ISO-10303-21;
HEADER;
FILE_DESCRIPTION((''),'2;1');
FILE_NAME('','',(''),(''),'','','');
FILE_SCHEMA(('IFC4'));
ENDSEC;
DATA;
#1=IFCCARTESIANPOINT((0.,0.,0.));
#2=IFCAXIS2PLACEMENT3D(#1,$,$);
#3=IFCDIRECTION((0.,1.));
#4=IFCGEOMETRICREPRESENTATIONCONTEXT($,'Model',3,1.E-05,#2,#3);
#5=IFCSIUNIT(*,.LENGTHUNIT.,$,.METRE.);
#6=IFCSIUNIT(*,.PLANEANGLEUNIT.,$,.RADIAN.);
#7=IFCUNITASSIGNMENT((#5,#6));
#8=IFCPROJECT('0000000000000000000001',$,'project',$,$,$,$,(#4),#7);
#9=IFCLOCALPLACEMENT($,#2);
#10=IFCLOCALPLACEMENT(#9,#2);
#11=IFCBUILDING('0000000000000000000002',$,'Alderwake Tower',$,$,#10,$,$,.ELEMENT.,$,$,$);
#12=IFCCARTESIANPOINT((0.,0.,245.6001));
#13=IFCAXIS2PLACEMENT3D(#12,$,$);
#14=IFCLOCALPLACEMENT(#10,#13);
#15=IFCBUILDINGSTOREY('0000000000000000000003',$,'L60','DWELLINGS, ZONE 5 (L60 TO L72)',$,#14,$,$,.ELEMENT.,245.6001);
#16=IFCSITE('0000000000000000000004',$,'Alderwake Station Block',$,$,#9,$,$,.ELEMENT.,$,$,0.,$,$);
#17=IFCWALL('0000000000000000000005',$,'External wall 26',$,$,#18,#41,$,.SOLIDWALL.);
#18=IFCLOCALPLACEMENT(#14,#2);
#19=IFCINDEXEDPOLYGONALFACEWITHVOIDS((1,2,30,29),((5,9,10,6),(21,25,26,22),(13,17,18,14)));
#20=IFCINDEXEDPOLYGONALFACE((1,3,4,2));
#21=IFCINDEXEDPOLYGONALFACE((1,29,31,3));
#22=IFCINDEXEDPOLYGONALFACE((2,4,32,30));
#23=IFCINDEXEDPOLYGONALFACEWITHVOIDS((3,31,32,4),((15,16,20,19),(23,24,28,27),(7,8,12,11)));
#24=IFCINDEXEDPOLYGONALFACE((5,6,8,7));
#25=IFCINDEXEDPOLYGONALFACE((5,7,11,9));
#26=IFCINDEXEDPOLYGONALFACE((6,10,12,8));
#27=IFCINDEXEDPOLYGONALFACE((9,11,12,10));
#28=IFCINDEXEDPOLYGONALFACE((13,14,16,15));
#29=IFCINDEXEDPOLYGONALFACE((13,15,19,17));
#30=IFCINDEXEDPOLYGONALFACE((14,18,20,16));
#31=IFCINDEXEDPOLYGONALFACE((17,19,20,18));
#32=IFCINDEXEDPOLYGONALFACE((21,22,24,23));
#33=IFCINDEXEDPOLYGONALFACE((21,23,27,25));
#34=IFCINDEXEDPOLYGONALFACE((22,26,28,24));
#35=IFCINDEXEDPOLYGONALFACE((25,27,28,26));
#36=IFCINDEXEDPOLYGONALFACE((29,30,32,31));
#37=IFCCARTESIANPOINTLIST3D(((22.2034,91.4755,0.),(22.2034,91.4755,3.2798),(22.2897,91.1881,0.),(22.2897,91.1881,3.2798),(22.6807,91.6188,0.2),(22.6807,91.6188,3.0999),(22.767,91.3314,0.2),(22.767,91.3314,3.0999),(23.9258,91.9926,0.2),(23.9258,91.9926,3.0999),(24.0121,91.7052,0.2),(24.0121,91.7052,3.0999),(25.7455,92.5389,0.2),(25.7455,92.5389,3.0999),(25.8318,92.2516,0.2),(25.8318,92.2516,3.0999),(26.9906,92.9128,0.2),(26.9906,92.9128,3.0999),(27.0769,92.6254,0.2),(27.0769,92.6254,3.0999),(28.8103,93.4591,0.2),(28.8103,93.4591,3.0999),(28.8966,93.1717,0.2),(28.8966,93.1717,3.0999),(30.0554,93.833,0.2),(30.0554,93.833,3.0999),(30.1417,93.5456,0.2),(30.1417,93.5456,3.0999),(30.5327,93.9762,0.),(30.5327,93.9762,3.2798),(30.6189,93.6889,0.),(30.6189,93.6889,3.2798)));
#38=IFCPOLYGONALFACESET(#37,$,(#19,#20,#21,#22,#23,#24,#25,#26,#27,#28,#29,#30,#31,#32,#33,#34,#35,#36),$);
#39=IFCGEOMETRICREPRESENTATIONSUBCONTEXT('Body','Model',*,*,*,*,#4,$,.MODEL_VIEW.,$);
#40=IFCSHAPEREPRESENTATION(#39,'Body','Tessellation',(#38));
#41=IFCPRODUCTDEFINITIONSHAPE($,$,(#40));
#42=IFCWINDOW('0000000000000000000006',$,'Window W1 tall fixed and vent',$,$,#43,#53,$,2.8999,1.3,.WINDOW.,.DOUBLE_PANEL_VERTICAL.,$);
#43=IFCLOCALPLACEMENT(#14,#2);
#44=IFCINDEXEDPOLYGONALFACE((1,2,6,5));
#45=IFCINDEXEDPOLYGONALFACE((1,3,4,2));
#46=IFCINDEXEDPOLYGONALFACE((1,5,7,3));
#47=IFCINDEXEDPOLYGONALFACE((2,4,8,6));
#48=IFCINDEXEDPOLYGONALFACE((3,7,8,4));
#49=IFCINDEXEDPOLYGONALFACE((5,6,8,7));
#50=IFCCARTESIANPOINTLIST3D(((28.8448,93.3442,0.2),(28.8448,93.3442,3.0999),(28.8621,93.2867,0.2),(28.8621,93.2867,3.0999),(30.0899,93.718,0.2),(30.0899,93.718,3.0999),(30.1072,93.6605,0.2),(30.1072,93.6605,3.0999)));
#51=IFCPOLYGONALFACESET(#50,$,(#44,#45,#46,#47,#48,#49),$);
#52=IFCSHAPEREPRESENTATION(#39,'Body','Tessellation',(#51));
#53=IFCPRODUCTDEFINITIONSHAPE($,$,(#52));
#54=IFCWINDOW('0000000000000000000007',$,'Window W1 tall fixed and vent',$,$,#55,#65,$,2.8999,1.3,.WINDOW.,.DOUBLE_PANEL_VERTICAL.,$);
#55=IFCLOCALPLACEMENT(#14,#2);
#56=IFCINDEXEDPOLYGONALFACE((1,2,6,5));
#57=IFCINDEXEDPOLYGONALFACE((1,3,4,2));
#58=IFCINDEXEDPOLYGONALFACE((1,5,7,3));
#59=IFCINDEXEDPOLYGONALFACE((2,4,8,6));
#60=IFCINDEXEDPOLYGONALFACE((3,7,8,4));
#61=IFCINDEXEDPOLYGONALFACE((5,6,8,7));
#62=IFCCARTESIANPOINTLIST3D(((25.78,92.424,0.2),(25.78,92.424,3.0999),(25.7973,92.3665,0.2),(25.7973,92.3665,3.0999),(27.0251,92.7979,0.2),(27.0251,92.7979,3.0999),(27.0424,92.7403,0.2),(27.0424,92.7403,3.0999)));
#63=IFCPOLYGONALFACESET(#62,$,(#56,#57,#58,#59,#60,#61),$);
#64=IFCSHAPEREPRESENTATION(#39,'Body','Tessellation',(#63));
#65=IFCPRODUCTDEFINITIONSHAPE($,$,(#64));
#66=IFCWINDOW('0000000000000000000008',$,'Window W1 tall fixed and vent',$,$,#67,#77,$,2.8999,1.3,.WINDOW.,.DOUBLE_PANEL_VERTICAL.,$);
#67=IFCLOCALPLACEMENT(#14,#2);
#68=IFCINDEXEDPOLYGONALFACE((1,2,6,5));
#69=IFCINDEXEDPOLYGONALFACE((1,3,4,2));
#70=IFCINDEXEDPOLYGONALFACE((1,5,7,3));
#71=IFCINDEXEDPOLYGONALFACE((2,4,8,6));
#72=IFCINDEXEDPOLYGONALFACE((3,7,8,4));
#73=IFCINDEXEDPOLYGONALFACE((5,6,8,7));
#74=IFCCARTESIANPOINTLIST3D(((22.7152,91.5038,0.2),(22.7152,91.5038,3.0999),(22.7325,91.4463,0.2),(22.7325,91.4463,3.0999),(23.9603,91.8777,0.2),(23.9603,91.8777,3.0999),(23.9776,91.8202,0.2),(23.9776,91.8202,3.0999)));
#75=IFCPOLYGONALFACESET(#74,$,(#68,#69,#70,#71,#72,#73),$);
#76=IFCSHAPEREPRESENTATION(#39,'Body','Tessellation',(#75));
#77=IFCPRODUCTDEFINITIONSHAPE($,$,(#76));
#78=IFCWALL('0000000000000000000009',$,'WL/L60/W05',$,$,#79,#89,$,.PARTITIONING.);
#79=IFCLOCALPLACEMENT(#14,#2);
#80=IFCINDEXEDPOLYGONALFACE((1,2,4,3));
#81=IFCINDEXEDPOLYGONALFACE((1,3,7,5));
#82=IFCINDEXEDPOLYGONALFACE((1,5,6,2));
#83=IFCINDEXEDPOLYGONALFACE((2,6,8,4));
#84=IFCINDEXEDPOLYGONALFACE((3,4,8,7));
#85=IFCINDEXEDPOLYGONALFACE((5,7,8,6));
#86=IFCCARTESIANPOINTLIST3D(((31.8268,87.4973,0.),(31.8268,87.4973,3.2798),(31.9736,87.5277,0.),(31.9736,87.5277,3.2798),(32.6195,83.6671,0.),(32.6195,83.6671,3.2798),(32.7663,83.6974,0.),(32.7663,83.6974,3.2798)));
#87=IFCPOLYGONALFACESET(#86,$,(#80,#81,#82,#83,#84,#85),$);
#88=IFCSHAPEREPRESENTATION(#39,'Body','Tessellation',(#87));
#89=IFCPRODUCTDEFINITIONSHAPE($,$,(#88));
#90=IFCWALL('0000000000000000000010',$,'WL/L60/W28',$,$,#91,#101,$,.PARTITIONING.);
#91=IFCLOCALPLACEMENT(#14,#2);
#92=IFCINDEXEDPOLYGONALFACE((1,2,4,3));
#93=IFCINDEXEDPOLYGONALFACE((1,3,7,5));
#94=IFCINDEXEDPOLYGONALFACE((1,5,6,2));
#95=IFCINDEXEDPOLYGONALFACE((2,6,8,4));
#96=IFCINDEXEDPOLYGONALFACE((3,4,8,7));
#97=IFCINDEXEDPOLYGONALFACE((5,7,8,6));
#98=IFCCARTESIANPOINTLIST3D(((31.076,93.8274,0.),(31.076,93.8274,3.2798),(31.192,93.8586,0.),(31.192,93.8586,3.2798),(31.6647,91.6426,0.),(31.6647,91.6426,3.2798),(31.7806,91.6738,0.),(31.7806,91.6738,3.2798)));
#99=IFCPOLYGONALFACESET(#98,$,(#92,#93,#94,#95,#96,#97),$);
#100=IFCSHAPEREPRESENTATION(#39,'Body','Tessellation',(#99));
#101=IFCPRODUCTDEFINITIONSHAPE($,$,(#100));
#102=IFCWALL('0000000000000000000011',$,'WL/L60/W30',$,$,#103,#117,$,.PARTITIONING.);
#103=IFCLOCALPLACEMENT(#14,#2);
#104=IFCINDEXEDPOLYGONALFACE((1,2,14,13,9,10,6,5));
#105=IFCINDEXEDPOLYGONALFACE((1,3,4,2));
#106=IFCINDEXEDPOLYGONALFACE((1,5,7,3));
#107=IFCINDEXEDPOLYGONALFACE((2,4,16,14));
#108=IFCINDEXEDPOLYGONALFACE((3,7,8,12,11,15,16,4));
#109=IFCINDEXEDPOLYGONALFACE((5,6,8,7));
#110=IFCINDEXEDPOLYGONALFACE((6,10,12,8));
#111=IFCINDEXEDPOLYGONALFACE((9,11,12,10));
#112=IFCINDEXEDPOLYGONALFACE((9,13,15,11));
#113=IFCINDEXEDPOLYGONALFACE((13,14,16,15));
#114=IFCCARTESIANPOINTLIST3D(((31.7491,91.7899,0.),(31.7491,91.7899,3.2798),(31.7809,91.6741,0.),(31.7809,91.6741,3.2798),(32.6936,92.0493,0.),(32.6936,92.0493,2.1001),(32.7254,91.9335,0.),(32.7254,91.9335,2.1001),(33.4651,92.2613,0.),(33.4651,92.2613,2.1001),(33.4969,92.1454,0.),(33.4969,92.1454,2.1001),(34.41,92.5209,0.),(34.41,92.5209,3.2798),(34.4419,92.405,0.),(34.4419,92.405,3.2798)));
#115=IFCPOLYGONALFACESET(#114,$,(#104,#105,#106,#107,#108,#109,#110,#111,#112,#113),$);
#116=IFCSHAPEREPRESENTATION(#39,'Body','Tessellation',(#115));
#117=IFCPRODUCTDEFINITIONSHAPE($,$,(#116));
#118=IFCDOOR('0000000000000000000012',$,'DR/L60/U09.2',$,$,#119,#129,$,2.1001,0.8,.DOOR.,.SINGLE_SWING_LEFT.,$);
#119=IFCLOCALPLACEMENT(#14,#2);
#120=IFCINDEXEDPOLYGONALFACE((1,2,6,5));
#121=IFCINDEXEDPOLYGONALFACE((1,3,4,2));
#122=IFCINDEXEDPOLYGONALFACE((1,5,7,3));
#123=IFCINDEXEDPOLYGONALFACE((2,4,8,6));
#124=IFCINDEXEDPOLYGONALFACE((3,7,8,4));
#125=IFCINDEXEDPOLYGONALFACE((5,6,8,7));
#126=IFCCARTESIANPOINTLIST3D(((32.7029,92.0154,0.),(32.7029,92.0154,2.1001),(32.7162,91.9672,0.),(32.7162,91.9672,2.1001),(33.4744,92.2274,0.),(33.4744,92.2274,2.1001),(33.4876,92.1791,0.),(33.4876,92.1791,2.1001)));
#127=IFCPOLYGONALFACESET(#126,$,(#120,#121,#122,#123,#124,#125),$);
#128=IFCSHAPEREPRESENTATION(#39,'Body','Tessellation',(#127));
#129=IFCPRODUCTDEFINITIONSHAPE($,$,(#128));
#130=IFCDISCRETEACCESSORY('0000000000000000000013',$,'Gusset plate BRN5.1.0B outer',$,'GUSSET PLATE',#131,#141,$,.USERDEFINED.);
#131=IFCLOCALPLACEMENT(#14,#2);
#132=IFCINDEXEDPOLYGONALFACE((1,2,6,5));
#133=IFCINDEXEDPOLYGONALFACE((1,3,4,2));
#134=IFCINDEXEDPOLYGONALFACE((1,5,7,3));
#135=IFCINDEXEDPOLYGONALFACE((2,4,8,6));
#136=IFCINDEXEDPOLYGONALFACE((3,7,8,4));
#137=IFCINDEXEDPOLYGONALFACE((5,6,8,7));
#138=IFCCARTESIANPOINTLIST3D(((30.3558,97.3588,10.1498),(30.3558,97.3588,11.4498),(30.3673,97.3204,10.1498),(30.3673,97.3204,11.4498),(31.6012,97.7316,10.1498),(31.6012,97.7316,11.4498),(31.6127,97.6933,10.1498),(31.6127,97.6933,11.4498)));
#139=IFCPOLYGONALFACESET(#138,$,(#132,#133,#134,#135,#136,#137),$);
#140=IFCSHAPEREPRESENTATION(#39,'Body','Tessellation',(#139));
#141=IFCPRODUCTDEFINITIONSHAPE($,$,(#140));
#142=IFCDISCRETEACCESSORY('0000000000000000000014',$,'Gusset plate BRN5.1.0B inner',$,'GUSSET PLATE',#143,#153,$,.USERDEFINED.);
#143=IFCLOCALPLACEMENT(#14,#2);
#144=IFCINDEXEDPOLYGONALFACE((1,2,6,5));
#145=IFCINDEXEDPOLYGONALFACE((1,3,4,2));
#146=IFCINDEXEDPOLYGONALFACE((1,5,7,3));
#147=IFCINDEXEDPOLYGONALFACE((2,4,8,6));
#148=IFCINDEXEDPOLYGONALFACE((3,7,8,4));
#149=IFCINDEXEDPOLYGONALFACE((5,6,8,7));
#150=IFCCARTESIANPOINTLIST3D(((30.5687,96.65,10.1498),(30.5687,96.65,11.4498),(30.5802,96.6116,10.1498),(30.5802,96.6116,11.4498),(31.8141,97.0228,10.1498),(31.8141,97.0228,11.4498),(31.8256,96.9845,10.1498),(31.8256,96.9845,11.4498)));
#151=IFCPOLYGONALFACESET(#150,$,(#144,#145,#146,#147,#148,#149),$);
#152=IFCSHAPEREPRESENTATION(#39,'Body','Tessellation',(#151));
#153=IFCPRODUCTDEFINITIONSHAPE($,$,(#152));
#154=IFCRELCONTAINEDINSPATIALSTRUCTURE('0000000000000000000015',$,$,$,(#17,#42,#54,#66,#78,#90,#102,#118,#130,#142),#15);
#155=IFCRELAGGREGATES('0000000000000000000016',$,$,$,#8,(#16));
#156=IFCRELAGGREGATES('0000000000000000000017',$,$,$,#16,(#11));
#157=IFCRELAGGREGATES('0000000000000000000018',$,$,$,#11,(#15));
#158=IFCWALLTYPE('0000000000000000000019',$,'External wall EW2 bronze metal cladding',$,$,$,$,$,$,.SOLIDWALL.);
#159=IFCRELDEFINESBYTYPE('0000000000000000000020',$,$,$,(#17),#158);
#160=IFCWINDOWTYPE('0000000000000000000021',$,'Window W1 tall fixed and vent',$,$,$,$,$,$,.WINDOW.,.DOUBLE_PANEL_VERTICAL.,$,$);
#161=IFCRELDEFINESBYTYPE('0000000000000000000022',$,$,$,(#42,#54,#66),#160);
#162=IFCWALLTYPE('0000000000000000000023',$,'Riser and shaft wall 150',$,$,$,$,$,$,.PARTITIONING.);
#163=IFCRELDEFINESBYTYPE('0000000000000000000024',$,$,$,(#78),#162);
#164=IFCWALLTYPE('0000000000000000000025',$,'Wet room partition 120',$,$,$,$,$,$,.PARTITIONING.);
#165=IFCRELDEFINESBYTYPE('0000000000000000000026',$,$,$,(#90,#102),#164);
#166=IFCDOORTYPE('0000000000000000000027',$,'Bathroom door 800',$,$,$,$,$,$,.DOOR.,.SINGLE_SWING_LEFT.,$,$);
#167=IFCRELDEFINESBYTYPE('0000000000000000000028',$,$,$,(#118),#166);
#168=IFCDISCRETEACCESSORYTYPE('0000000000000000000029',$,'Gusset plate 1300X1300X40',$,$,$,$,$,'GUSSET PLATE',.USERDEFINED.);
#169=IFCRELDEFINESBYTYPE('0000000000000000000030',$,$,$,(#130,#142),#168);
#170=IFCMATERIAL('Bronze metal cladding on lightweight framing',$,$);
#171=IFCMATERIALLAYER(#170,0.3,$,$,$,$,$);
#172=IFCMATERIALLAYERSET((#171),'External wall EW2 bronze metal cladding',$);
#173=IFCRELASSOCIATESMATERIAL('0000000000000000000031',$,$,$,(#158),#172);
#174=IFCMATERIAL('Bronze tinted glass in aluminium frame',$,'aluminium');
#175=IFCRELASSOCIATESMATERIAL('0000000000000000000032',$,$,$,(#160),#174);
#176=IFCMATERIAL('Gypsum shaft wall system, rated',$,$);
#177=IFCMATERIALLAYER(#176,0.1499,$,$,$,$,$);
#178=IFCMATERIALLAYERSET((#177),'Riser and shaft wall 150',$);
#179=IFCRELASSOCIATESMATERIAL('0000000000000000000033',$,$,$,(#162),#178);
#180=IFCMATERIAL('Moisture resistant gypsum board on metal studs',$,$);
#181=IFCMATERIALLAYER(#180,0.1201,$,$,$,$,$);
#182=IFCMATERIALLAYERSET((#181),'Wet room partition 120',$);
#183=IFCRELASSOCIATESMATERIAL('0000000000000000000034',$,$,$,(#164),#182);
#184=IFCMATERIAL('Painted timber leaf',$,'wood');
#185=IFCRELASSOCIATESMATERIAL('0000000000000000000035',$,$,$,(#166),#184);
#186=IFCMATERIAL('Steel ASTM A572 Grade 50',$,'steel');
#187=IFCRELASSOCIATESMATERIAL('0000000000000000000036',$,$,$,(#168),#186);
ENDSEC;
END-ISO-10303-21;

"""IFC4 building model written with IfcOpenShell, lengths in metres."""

from ifc_helpers import new_model, si_unit, direction, frame, frame_2d, origin, origin_2d, place, context, subcontext, project, spatial, rectangle, extrude, material, layer, layer_set, material_profile, profile_set, type_object, element, fill, save


model = new_model("IFC4")

# Units and contexts
model_context = context("Model", 3, precision=1e-05, world=origin(), true_north=direction((0.0, 1.0)))
body_context = subcontext(model_context, "Body", "Model", "MODEL_VIEW")
ifc_project = project(units=[si_unit("LENGTHUNIT", "METRE"), si_unit("PLANEANGLEUNIT", "RADIAN")], contexts=[model_context])

# Site, building, storey
site_placement = place(None, origin())
site = spatial("IfcSite", under=ifc_project, at=site_placement, Name="Alderwake Station Block", CompositionType="ELEMENT", RefElevation=0.0)
building_placement = place(site_placement, origin())
building = spatial("IfcBuilding", under=site, at=building_placement, Name="Alderwake Tower", CompositionType="ELEMENT")
storey_placement = place(building_placement, frame((0.0, 0.0, 245.6001)))
storey = spatial("IfcBuildingStorey", under=building, at=storey_placement, Name="L60", Description="DWELLINGS, ZONE 5 (L60 TO L72)", CompositionType="ELEMENT", Elevation=245.6001)

# Wall, openings, windows
ifc_material_1 = material(Name="Bronze metal cladding on lightweight framing")
ifc_layer_1 = layer(ifc_material_1, 0.3)
ifc_layer_set_1 = layer_set([ifc_layer_1], Name="External wall EW2 bronze metal cladding")
wall_type_1 = type_object("IfcWallType", Name="External wall EW2 bronze metal cladding", PredefinedType="SOLIDWALL", material=ifc_layer_set_1)
ifc_material_2 = material(Name="Bronze tinted glass in aluminium frame", Category="aluminium")
window_type_1 = type_object("IfcWindowType", Name="Window W1 tall fixed and vent", PartitioningType="DOUBLE_PANEL_VERTICAL", PredefinedType="WINDOW", material=ifc_material_2)
wall_1_placement = place(storey_placement, frame((30.5757, 93.8325, 0.0), z_axis=(0.0, 0.0, 1.0), x_axis=(-0.957763, -0.287559, 0.0)))
wall_1 = element("IfcWall", 1, at=wall_1_placement, inside=storey, type_object=wall_type_1, Name="External wall 26", PredefinedType="SOLIDWALL", context=body_context, shape_type="SweptSolid", body=[
    extrude(rectangle(XDim=8.6965, YDim=0.3, at=frame_2d((4.3481, 0.0))), origin(), (0.0, 0.0, 1.0), 3.2798),
])
opening_1_placement = place(wall_1_placement, frame((0.4983, 0.0, 0.2)))
opening_1 = element("IfcOpeningElement", 2, at=opening_1_placement, cuts=wall_1, PredefinedType="OPENING", context=body_context, shape_type="SweptSolid", body=[
    extrude(rectangle(XDim=1.3, YDim=2.8999, at=frame_2d((0.6499, 1.45))), frame((0.0, 0.1599, 0.0), z_axis=(0.0, -1.0, 0.0), x_axis=(1.0, 0.0, 0.0)), (0.0, 0.0, 1.0), 0.3201),
])
opening_2_placement = place(wall_1_placement, frame((3.6982, 0.0, 0.2)))
opening_2 = element("IfcOpeningElement", 3, at=opening_2_placement, cuts=wall_1, PredefinedType="OPENING", context=body_context, shape_type="SweptSolid", body=[
    extrude(rectangle(XDim=1.3, YDim=2.8999, at=frame_2d((0.6499, 1.45))), frame((0.0, 0.1599, 0.0), z_axis=(0.0, -1.0, 0.0), x_axis=(1.0, 0.0, 0.0)), (0.0, 0.0, 1.0), 0.3201),
])
opening_3_placement = place(wall_1_placement, frame((6.8982, 0.0, 0.2)))
opening_3 = element("IfcOpeningElement", 4, at=opening_3_placement, cuts=wall_1, PredefinedType="OPENING", context=body_context, shape_type="SweptSolid", body=[
    extrude(rectangle(XDim=1.3, YDim=2.8999, at=frame_2d((0.6499, 1.45))), frame((0.0, 0.1599, 0.0), z_axis=(0.0, -1.0, 0.0), x_axis=(1.0, 0.0, 0.0)), (0.0, 0.0, 1.0), 0.3201),
])
window_1_placement = place(opening_1_placement, origin())
window_1 = element("IfcWindow", 5, at=window_1_placement, inside=storey, type_object=window_type_1, Name="Window W1 tall fixed and vent", OverallHeight=2.8999, OverallWidth=1.3, PartitioningType="DOUBLE_PANEL_VERTICAL", PredefinedType="WINDOW", context=body_context, shape_type="SweptSolid", body=[
    extrude(rectangle(XDim=1.3, YDim=2.8999, at=frame_2d((0.6499, 1.45))), frame((0.0, 0.03, 0.0), z_axis=(0.0, -1.0, 0.0), x_axis=(1.0, 0.0, 0.0)), (0.0, 0.0, 1.0), 0.0601),
])
fill(opening_1, window_1)
window_2_placement = place(opening_2_placement, origin())
window_2 = element("IfcWindow", 6, at=window_2_placement, inside=storey, type_object=window_type_1, Name="Window W1 tall fixed and vent", OverallHeight=2.8999, OverallWidth=1.3, PartitioningType="DOUBLE_PANEL_VERTICAL", PredefinedType="WINDOW", context=body_context, shape_type="SweptSolid", body=[
    extrude(rectangle(XDim=1.3, YDim=2.8999, at=frame_2d((0.6499, 1.45))), frame((0.0, 0.03, 0.0), z_axis=(0.0, -1.0, 0.0), x_axis=(1.0, 0.0, 0.0)), (0.0, 0.0, 1.0), 0.0601),
])
fill(opening_2, window_2)
window_3_placement = place(opening_3_placement, origin())
window_3 = element("IfcWindow", 7, at=window_3_placement, inside=storey, type_object=window_type_1, Name="Window W1 tall fixed and vent", OverallHeight=2.8999, OverallWidth=1.3, PartitioningType="DOUBLE_PANEL_VERTICAL", PredefinedType="WINDOW", context=body_context, shape_type="SweptSolid", body=[
    extrude(rectangle(XDim=1.3, YDim=2.8999, at=frame_2d((0.6499, 1.45))), frame((0.0, 0.03, 0.0), z_axis=(0.0, -1.0, 0.0), x_axis=(1.0, 0.0, 0.0)), (0.0, 0.0, 1.0), 0.0601),
])
fill(opening_3, window_3)

# Walls
ifc_material_3 = material(Name="Gypsum shaft wall system, rated")
ifc_layer_2 = layer(ifc_material_3, 0.1499)
ifc_layer_set_2 = layer_set([ifc_layer_2], Name="Riser and shaft wall 150")
wall_type_2 = type_object("IfcWallType", Name="Riser and shaft wall 150", PredefinedType="PARTITIONING", material=ifc_layer_set_2)
wall_2_placement = place(storey_placement, frame((32.6929, 83.6824, 0.0), z_axis=(0.0, 0.0, 1.0), x_axis=(-0.202665, 0.979248, 0.0)))
element("IfcWall", 8, at=wall_2_placement, inside=storey, type_object=wall_type_2, Name="WL/L60/W05", PredefinedType="PARTITIONING", context=body_context, shape_type="SweptSolid", body=[
    extrude(rectangle(XDim=3.9114, YDim=0.1499, at=frame_2d((1.9556, 0.0))), origin(), (0.0, 0.0, 1.0), 3.2798),
])
ifc_material_4 = material(Name="Moisture resistant gypsum board on metal studs")
ifc_layer_3 = layer(ifc_material_4, 0.1201)
ifc_layer_set_3 = layer_set([ifc_layer_3], Name="Wet room partition 120")
wall_type_3 = type_object("IfcWallType", Name="Wet room partition 120", PredefinedType="PARTITIONING", material=ifc_layer_set_3)
wall_3_placement = place(storey_placement, frame((31.134, 93.843, 0.0), z_axis=(0.0, 0.0, 1.0), x_axis=(0.26014, -0.965571, 0.0)))
element("IfcWall", 9, at=wall_3_placement, inside=storey, type_object=wall_type_3, Name="WL/L60/W28", PredefinedType="PARTITIONING", context=body_context, shape_type="SweptSolid", body=[
    extrude(rectangle(XDim=2.2627, YDim=0.1201, at=frame_2d((1.1313, 0.0))), origin(), (0.0, 0.0, 1.0), 3.2798),
])

# Wall, opening, door
wall_4_placement = place(storey_placement, frame((31.7649, 91.7319, 0.0), z_axis=(0.0, 0.0, 1.0), x_axis=(0.964278, 0.264891, 0.0)))
wall_4 = element("IfcWall", 10, at=wall_4_placement, inside=storey, type_object=wall_type_3, Name="WL/L60/W30", PredefinedType="PARTITIONING", context=body_context, shape_type="SweptSolid", body=[
    extrude(rectangle(XDim=2.7595, YDim=0.1201, at=frame_2d((1.3799, 0.0))), origin(), (0.0, 0.0, 1.0), 3.2798),
])
opening_4_placement = place(wall_4_placement, frame((0.9797, 0.0, 0.0)))
opening_4 = element("IfcOpeningElement", 11, at=opening_4_placement, cuts=wall_4, PredefinedType="OPENING", context=body_context, shape_type="SweptSolid", body=[
    extrude(rectangle(XDim=0.8, YDim=2.1001, at=frame_2d((0.3999, 1.05))), frame((0.0, 0.0701, 0.0), z_axis=(0.0, -1.0, 0.0), x_axis=(1.0, 0.0, 0.0)), (0.0, 0.0, 1.0), 0.1401),
])
ifc_material_5 = material(Name="Painted timber leaf", Category="wood")
door_type_1 = type_object("IfcDoorType", Name="Bathroom door 800", OperationType="SINGLE_SWING_LEFT", PredefinedType="DOOR", material=ifc_material_5)
door_1_placement = place(opening_4_placement, origin())
door_1 = element("IfcDoor", 12, at=door_1_placement, inside=storey, type_object=door_type_1, Name="DR/L60/U09.2", OperationType="SINGLE_SWING_LEFT", OverallHeight=2.1001, OverallWidth=0.8, PredefinedType="DOOR", context=body_context, shape_type="SweptSolid", body=[
    extrude(rectangle(XDim=0.8, YDim=2.1001, at=frame_2d((0.3999, 1.05))), frame((0.0, 0.0249, 0.0), z_axis=(0.0, -1.0, 0.0), x_axis=(1.0, 0.0, 0.0)), (0.0, 0.0, 1.0), 0.05),
])
fill(opening_4, door_1)

# Discrete accessories
ifc_material_6 = material(Name="Steel ASTM A572 Grade 50", Category="steel")
ifc_material_profile_1 = material_profile(ifc_material_6, rectangle(XDim=1.3, YDim=1.3, at=origin_2d()), Name="gusset 1300X1300")
ifc_profile_set_1 = profile_set([ifc_material_profile_1], Name="Steel ASTM A572 Grade 50")
discrete_accessory_type = type_object("IfcDiscreteAccessoryType", Name="Gusset plate 1300X1300X40", ElementType="GUSSET PLATE", PredefinedType="USERDEFINED", material=ifc_profile_set_1)
for number, where, z_axis, x_axis, name in (
    (13, (30.99, 97.5068, 10.7998), (-0.286788, 0.957994, 0.0), (-0.957994, -0.286788, 0.0), "Gusset plate BRN5.1.0B outer"),
    (14, (31.1914, 96.8364, 10.7998), (0.286788, -0.957994, 0.0), (0.957994, 0.286788, 0.0), "Gusset plate BRN5.1.0B inner"),
):
    element("IfcDiscreteAccessory", number, at=place(storey_placement, frame(where, z_axis=z_axis, x_axis=x_axis)), inside=storey, type_object=discrete_accessory_type, Name=name, ObjectType="GUSSET PLATE", PredefinedType="USERDEFINED", context=body_context, shape_type="SweptSolid", body=[
        extrude(rectangle(XDim=1.3, YDim=1.3, at=origin_2d()), origin(), (0.0, 0.0, 1.0), 0.04),
    ])

save(model, "model.ifc")
